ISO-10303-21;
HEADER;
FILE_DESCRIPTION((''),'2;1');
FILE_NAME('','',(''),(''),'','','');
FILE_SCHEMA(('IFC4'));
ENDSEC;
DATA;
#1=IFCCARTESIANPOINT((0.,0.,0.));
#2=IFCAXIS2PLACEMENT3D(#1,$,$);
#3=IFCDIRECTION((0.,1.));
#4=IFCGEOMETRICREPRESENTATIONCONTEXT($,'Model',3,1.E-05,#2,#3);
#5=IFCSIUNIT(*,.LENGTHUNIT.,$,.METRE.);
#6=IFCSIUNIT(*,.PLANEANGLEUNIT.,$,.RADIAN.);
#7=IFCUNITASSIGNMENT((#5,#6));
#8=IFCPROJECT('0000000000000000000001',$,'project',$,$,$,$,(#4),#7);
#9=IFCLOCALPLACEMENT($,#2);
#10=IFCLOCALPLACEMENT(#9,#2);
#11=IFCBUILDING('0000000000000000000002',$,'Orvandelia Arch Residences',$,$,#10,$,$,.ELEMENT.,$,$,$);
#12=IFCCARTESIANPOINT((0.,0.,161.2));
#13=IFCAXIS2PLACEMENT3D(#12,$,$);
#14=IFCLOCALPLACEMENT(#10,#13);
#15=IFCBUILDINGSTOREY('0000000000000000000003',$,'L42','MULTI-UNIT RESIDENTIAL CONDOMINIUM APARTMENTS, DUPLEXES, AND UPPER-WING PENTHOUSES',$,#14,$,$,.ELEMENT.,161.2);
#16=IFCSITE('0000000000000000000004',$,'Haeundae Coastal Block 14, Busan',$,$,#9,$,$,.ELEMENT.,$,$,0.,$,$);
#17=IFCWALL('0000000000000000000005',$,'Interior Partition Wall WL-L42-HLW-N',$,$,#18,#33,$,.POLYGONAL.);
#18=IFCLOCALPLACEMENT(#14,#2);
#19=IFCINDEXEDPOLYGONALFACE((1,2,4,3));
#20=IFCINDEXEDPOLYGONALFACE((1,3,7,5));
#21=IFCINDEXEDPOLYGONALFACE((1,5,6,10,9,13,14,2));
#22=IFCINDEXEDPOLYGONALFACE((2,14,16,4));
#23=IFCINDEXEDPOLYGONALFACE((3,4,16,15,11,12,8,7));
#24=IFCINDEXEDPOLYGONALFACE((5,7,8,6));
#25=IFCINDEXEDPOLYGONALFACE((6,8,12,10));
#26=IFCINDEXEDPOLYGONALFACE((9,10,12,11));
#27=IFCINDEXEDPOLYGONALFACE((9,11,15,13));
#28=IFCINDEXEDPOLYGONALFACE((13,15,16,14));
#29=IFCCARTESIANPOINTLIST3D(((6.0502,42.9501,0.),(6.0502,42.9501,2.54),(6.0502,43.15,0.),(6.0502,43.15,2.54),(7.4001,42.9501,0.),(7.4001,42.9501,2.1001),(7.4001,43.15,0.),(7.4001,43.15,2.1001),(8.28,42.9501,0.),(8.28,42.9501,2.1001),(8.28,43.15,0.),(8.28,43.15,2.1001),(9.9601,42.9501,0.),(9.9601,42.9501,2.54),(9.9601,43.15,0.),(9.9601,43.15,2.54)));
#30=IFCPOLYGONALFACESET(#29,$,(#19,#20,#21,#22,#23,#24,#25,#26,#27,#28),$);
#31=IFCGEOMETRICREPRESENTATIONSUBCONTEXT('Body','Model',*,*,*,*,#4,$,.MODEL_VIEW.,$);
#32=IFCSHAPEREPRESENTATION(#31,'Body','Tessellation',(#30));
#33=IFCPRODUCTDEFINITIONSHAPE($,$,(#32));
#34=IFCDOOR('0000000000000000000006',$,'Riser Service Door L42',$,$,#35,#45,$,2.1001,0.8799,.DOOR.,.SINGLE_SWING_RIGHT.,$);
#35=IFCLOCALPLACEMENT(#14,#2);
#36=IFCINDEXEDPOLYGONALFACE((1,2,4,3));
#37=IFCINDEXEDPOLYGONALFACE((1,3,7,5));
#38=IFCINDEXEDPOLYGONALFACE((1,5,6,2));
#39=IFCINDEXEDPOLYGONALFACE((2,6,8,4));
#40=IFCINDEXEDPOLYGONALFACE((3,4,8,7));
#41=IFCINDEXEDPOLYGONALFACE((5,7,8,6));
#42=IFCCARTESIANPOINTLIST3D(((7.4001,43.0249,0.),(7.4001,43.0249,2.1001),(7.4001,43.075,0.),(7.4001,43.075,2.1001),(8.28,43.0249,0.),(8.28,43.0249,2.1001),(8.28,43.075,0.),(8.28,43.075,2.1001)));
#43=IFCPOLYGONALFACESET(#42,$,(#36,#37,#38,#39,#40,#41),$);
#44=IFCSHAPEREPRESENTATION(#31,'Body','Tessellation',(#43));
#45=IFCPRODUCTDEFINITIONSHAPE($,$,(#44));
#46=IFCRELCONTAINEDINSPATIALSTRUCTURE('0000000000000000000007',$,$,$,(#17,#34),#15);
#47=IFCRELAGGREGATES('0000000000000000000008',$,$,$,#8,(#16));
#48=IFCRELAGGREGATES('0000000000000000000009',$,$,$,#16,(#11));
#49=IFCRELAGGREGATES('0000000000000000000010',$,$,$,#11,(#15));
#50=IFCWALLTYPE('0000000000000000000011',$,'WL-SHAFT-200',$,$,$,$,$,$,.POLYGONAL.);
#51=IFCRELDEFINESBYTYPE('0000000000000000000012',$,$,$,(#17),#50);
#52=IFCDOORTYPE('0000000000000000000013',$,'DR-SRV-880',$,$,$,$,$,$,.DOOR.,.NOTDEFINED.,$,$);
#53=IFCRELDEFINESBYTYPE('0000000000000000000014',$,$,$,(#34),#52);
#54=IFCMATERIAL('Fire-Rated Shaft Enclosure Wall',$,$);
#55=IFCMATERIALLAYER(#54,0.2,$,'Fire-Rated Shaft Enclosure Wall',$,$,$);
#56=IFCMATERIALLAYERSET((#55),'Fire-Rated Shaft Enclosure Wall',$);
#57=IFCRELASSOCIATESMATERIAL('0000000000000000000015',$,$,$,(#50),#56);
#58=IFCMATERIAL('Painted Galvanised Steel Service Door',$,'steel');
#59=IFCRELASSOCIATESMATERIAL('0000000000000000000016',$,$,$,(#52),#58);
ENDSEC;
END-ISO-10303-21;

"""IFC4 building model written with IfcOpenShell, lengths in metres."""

from ifc_helpers import new_model, si_unit, direction, frame, frame_2d, origin, place, context, subcontext, project, spatial, rectangle, extrude, material, layer, layer_set, type_object, element, fill, save


model = new_model("IFC4")

# Units and contexts
model_context = context("Model", 3, precision=1e-05, world=origin(), true_north=direction((0.0, 1.0)))
body_context = subcontext(model_context, "Body", "Model", "MODEL_VIEW")
ifc_project = project(units=[si_unit("LENGTHUNIT", "METRE"), si_unit("PLANEANGLEUNIT", "RADIAN")], contexts=[model_context])

# Site, building, storey
site_placement = place(None, origin())
site = spatial("IfcSite", under=ifc_project, at=site_placement, Name="Haeundae Coastal Block 14, Busan", CompositionType="ELEMENT", RefElevation=0.0)
building_placement = place(site_placement, origin())
building = spatial("IfcBuilding", under=site, at=building_placement, Name="Orvandelia Arch Residences", CompositionType="ELEMENT")
storey_placement = place(building_placement, frame((0.0, 0.0, 161.2)))
storey = spatial("IfcBuildingStorey", under=building, at=storey_placement, Name="L42", Description="MULTI-UNIT RESIDENTIAL CONDOMINIUM APARTMENTS, DUPLEXES, AND UPPER-WING PENTHOUSES", CompositionType="ELEMENT", Elevation=161.2)

# Wall, opening, door
ifc_material_1 = material(Name="Fire-Rated Shaft Enclosure Wall")
ifc_layer_1 = layer(ifc_material_1, 0.2, Name="Fire-Rated Shaft Enclosure Wall")
ifc_layer_set_1 = layer_set([ifc_layer_1], Name="Fire-Rated Shaft Enclosure Wall")
wall_type_1 = type_object("IfcWallType", Name="WL-SHAFT-200", PredefinedType="POLYGONAL", material=ifc_layer_set_1)
wall_1_placement = place(storey_placement, frame((6.05, 43.05, 0.0), z_axis=(0.0, 0.0, 1.0), x_axis=(1.0, 0.0, 0.0)))
wall_1 = element("IfcWall", 1, at=wall_1_placement, inside=storey, type_object=wall_type_1, Name="Interior Partition Wall WL-L42-HLW-N", PredefinedType="POLYGONAL", context=body_context, shape_type="SweptSolid", body=[
    extrude(rectangle(XDim=3.9099, YDim=0.2, at=frame_2d((1.9551, 0.0))), origin(), (0.0, 0.0, 1.0), 2.54),
])
opening_1_placement = place(wall_1_placement, frame((1.3501, 0.0, 0.0)))
opening_1 = element("IfcOpeningElement", 2, at=opening_1_placement, cuts=wall_1, PredefinedType="OPENING", context=body_context, shape_type="SweptSolid", body=[
    extrude(rectangle(XDim=0.8799, YDim=2.1001, at=frame_2d((0.4399, 1.05))), frame((0.0, 0.1099, 0.0), z_axis=(0.0, -1.0, 0.0), x_axis=(1.0, 0.0, 0.0)), (0.0, 0.0, 1.0), 0.22),
])
ifc_material_2 = material(Name="Painted Galvanised Steel Service Door", Category="steel")
door_type = type_object("IfcDoorType", Name="DR-SRV-880", OperationType="NOTDEFINED", PredefinedType="DOOR", material=ifc_material_2)
door_placement = place(opening_1_placement, origin())
door = element("IfcDoor", 3, at=door_placement, inside=storey, type_object=door_type, Name="Riser Service Door L42", OperationType="SINGLE_SWING_RIGHT", OverallHeight=2.1001, OverallWidth=0.8799, PredefinedType="DOOR", context=body_context, shape_type="SweptSolid", body=[
    extrude(rectangle(XDim=0.8799, YDim=2.1001, at=frame_2d((0.4399, 1.05))), frame((0.0, 0.0249, 0.0), z_axis=(0.0, -1.0, 0.0), x_axis=(1.0, 0.0, 0.0)), (0.0, 0.0, 1.0), 0.05),
])
fill(opening_1, door)

save(model, "model.ifc")
